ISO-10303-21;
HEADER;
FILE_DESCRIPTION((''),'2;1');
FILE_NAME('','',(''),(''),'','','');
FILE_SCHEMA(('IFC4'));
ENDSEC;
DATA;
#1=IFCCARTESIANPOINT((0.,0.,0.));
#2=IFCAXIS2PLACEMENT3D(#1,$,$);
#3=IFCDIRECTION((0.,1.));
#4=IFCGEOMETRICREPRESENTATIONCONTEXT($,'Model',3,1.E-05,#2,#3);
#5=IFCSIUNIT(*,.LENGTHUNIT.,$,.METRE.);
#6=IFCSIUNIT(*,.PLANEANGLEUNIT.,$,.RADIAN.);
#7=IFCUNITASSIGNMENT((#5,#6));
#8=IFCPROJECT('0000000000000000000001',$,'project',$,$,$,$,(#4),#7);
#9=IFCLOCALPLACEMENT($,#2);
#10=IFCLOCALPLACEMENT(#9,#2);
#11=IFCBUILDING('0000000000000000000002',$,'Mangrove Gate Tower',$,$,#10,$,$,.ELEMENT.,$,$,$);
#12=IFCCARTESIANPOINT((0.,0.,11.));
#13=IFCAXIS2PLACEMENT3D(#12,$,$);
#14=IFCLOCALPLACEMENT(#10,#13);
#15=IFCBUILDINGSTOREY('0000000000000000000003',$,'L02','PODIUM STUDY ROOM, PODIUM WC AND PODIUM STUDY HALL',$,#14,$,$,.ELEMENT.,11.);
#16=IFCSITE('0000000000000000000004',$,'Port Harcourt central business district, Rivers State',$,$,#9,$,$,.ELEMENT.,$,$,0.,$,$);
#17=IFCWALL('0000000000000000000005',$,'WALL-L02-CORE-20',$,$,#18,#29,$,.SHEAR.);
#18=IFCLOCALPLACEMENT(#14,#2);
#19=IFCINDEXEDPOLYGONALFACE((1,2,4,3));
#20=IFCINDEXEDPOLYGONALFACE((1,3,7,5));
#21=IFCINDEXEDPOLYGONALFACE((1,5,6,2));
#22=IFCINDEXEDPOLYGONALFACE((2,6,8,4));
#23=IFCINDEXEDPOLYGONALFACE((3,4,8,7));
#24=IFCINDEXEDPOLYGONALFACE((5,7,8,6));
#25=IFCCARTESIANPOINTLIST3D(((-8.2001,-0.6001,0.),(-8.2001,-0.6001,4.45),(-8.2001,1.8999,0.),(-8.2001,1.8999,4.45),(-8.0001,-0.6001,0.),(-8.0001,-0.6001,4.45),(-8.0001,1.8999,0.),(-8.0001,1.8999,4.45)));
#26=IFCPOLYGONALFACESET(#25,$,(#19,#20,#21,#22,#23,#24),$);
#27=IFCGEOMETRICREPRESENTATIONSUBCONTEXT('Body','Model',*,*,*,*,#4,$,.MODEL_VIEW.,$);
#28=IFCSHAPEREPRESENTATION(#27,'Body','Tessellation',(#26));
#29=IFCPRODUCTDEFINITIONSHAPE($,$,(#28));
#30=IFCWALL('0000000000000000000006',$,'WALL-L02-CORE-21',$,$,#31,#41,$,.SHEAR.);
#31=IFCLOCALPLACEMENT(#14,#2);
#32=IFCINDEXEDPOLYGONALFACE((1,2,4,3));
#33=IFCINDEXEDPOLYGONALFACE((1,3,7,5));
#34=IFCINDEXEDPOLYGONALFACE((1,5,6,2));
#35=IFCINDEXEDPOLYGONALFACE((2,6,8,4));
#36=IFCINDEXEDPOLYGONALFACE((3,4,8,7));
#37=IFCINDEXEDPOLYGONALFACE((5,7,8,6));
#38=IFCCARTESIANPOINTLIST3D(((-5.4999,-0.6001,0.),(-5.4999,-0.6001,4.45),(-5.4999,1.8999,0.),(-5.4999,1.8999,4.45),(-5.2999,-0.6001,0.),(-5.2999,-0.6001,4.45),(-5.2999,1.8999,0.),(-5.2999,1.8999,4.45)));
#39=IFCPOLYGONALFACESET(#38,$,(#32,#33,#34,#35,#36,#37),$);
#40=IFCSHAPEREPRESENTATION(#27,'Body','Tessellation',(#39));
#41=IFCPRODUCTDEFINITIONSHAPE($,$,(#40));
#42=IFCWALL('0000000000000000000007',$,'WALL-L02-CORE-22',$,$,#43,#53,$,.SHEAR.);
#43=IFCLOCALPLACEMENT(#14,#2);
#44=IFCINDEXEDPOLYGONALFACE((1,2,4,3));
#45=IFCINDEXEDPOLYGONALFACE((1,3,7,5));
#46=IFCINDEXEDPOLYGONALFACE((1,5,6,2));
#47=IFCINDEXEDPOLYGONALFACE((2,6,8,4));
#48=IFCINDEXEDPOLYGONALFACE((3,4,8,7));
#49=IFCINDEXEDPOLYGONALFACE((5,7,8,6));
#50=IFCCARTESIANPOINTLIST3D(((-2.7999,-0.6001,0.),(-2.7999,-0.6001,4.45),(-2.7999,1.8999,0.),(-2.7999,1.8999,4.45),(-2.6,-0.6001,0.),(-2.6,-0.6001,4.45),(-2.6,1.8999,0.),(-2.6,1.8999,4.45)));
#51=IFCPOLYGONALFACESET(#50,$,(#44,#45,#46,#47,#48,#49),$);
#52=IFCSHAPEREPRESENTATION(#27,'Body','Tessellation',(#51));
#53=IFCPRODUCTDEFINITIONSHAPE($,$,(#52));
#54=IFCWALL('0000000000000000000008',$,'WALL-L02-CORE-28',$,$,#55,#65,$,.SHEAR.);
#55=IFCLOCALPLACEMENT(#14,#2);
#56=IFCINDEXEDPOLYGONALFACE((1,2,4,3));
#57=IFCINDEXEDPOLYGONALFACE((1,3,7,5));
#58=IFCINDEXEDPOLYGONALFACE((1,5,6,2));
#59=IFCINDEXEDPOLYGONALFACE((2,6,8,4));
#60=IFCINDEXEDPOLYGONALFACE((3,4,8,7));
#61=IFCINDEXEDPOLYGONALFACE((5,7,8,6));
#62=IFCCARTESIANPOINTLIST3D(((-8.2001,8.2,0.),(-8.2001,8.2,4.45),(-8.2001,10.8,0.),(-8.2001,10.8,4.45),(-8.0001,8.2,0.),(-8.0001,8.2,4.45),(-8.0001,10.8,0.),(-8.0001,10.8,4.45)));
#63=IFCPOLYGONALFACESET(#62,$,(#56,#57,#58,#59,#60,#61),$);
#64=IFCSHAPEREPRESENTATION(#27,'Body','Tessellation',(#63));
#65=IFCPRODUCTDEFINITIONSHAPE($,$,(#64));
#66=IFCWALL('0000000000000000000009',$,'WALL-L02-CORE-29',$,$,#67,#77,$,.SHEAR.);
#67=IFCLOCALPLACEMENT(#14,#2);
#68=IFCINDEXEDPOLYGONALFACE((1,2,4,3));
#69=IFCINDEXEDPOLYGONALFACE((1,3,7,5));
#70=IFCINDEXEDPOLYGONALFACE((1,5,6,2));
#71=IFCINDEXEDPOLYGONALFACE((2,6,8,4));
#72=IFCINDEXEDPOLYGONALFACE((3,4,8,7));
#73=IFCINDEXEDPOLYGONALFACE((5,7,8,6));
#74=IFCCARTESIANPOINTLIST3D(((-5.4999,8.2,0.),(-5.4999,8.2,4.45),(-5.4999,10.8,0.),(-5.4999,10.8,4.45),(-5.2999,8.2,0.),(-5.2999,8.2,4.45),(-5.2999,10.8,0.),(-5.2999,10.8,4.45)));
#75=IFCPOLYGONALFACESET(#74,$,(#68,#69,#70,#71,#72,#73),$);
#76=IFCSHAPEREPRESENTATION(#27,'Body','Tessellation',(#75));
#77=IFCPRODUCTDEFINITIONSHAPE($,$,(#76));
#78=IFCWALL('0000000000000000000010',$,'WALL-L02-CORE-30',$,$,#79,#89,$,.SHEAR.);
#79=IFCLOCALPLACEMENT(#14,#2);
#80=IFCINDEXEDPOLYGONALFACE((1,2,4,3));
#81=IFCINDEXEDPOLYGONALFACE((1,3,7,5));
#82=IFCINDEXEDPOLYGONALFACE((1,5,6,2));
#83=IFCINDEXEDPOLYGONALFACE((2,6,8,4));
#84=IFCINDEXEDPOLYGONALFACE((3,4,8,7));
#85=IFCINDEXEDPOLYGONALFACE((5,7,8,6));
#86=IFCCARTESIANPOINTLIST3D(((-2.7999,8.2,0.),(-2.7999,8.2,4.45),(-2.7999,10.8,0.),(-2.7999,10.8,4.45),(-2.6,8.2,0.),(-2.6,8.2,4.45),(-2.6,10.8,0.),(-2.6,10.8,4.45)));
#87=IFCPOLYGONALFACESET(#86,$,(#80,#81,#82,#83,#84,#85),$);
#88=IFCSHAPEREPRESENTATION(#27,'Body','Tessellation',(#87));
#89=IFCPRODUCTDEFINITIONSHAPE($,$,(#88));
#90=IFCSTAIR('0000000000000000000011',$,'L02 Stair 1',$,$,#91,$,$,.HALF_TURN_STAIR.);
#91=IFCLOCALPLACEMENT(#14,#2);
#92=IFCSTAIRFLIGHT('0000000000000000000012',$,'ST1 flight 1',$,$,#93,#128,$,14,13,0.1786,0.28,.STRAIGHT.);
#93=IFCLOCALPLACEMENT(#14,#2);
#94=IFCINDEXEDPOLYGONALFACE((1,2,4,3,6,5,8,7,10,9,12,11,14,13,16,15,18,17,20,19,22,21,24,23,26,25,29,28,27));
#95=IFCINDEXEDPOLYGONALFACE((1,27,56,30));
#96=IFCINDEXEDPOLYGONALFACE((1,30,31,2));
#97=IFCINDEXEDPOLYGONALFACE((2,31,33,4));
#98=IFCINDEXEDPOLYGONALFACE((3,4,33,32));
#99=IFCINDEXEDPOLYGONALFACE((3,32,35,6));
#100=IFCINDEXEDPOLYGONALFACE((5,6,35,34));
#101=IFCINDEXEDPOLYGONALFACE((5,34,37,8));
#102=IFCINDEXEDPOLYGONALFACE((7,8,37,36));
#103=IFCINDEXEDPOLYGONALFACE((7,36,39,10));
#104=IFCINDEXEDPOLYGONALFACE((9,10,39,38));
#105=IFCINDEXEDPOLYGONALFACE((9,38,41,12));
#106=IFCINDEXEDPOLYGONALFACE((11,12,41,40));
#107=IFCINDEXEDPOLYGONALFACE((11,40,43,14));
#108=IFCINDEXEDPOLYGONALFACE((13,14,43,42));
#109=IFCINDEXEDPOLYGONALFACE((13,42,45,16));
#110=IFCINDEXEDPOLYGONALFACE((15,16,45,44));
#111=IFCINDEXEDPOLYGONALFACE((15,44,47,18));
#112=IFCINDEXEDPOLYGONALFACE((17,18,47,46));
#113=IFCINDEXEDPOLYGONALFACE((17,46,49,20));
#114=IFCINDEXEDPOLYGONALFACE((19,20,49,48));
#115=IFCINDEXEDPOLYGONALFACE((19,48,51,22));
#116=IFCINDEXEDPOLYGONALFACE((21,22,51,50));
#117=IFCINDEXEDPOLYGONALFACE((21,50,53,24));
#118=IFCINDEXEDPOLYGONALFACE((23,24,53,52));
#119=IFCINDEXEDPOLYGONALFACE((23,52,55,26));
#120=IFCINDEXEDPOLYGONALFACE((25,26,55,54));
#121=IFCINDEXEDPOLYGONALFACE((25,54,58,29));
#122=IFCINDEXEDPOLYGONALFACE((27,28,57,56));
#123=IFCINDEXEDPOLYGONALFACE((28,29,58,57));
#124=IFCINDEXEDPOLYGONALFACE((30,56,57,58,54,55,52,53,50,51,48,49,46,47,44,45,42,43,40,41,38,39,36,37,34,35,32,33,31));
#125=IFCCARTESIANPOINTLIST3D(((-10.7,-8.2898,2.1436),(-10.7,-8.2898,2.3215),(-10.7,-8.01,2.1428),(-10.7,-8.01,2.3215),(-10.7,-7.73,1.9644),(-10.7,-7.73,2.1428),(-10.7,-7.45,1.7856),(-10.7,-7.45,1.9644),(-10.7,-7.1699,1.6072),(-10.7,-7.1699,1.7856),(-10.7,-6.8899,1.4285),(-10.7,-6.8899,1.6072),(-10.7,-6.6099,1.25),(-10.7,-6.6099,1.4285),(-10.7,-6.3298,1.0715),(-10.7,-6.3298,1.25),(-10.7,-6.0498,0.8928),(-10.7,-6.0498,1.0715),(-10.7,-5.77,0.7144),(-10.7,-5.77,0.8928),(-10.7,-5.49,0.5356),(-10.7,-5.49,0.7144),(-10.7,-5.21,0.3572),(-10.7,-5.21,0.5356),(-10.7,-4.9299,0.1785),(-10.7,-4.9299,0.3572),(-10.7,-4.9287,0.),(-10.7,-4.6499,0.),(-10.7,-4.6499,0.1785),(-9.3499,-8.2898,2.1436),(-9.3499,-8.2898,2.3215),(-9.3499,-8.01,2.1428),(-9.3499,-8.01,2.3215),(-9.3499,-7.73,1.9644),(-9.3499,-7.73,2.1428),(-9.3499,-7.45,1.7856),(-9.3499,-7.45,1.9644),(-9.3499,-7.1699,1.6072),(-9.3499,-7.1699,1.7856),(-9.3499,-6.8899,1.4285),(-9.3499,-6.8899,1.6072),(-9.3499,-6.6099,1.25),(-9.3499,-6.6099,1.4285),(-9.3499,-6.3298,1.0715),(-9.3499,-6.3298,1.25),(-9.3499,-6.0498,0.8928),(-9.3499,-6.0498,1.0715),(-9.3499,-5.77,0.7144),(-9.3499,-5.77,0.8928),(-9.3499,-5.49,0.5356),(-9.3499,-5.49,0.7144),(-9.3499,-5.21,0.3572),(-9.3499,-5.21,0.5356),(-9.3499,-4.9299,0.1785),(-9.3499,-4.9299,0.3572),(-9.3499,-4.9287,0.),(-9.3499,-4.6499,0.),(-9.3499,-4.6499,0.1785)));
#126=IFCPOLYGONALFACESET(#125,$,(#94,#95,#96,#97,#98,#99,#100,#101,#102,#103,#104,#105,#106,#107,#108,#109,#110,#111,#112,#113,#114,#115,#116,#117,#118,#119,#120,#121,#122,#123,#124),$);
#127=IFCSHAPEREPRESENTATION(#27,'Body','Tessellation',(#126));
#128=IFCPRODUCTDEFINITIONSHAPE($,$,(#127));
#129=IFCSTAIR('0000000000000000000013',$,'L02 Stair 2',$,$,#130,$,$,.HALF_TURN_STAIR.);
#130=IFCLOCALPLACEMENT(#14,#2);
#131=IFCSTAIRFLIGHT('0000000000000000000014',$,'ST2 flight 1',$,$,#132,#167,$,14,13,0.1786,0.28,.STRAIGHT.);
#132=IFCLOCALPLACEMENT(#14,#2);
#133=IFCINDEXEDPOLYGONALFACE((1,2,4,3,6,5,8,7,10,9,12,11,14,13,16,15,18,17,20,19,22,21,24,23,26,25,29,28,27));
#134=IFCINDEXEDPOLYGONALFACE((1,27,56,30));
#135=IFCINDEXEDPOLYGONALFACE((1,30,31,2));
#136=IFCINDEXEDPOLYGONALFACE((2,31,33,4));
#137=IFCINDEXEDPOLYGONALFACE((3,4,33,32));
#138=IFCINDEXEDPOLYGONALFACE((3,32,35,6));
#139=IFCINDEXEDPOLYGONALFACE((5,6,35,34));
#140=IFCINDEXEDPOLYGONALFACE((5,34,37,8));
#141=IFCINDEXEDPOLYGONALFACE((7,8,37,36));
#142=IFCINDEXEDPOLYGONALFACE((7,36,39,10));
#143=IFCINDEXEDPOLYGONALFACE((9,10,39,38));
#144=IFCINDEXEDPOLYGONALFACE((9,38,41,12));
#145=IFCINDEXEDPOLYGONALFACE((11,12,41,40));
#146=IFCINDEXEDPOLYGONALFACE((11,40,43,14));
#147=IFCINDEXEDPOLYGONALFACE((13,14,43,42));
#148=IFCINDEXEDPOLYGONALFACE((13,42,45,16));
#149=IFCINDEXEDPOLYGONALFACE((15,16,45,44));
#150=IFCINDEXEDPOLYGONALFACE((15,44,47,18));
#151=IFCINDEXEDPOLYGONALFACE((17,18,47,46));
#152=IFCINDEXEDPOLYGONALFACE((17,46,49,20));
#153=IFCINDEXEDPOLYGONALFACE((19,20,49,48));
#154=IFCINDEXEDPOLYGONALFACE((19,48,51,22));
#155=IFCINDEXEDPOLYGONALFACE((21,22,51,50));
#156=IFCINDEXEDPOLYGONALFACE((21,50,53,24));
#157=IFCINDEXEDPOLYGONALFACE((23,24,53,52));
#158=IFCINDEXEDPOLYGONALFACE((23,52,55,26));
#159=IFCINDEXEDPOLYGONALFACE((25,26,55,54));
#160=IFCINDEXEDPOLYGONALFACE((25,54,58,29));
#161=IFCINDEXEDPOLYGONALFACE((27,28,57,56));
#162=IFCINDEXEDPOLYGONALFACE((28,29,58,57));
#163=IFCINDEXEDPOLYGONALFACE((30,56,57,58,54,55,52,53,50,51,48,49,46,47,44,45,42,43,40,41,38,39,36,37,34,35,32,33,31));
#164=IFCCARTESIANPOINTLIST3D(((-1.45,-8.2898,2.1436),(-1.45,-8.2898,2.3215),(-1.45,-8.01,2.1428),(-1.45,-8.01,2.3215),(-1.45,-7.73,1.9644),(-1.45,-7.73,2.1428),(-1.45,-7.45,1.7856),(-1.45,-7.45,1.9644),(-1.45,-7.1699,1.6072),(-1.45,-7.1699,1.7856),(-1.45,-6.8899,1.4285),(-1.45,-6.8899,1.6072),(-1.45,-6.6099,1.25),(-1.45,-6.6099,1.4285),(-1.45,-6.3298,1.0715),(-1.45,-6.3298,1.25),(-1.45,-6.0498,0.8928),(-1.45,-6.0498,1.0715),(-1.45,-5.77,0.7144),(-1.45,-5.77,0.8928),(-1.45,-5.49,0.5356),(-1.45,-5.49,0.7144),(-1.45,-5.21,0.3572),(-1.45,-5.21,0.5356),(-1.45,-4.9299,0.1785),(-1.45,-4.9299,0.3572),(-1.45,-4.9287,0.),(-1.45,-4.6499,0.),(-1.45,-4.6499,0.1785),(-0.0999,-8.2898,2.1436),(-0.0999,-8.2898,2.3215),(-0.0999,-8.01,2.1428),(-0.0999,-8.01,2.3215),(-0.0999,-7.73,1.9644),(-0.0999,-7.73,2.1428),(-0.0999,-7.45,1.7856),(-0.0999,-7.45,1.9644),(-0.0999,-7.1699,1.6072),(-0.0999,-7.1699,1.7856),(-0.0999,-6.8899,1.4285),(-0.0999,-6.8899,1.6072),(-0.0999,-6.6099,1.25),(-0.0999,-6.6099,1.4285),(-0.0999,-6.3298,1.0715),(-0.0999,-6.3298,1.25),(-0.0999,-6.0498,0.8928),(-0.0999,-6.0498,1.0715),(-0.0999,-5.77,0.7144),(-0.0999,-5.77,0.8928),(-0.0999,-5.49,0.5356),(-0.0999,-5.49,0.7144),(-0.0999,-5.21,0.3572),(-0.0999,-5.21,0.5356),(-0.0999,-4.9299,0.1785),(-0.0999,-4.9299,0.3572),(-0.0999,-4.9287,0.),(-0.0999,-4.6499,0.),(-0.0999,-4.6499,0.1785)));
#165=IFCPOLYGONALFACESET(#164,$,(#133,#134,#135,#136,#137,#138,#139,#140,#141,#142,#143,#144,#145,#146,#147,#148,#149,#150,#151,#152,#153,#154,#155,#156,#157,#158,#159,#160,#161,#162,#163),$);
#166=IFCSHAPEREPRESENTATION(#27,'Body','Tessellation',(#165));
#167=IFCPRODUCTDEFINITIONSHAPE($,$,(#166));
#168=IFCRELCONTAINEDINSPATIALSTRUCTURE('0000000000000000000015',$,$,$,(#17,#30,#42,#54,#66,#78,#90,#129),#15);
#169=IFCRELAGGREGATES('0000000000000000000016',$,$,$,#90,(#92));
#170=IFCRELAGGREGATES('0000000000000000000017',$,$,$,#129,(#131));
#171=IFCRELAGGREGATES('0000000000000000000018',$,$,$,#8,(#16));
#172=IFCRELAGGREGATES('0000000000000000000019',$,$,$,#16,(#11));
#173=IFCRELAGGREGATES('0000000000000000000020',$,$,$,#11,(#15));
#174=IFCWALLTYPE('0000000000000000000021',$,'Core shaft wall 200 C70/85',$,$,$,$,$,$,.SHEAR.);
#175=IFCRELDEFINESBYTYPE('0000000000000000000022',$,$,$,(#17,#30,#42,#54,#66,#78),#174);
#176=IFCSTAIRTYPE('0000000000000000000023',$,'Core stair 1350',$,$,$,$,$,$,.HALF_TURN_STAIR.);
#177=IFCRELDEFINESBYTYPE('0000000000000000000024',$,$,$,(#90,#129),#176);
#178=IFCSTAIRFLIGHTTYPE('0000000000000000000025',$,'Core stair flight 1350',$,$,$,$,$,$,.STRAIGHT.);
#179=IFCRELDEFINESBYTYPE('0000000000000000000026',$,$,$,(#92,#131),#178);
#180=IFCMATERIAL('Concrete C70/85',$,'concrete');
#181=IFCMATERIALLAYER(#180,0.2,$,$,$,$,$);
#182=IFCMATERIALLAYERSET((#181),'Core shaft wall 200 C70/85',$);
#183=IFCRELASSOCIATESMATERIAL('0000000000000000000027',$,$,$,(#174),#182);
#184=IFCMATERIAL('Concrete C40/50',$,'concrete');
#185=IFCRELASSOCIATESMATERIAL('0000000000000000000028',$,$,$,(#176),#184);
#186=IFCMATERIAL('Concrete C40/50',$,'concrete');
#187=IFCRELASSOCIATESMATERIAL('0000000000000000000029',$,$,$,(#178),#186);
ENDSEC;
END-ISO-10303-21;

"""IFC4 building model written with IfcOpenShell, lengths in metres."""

from ifc_helpers import new_model, si_unit, direction, frame, frame_2d, origin, place, context, subcontext, project, spatial, polyline, rectangle, outline, extrude, material, layer, layer_set, type_object, element, aggregate, save


model = new_model("IFC4")

# Units and contexts
model_context = context("Model", 3, precision=1e-05, world=origin(), true_north=direction((0.0, 1.0)))
body_context = subcontext(model_context, "Body", "Model", "MODEL_VIEW")
ifc_project = project(units=[si_unit("LENGTHUNIT", "METRE"), si_unit("PLANEANGLEUNIT", "RADIAN")], contexts=[model_context])

# Site, building, storey
site_placement = place(None, origin())
site = spatial("IfcSite", under=ifc_project, at=site_placement, Name="Port Harcourt central business district, Rivers State", CompositionType="ELEMENT", RefElevation=0.0)
building_placement = place(site_placement, origin())
building = spatial("IfcBuilding", under=site, at=building_placement, Name="Mangrove Gate Tower", CompositionType="ELEMENT")
storey_placement = place(building_placement, frame((0.0, 0.0, 11.0)))
storey = spatial("IfcBuildingStorey", under=building, at=storey_placement, Name="L02", Description="PODIUM STUDY ROOM, PODIUM WC AND PODIUM STUDY HALL", CompositionType="ELEMENT", Elevation=11.0)

# Shared definitions
ifc_material_1 = material(Name="Concrete C70/85", Category="concrete")
ifc_layer_1 = layer(ifc_material_1, 0.2)
ifc_layer_set_1 = layer_set([ifc_layer_1], Name="Core shaft wall 200 C70/85")
wall_type_1 = type_object("IfcWallType", Name="Core shaft wall 200 C70/85", PredefinedType="SHEAR", material=ifc_layer_set_1)

# Walls
for number, where, z_axis, x_axis, name in (
    (1, (-8.1001, -0.6001, 0.0), (0.0, 0.0, 1.0), (0.0, 1.0, 0.0), "WALL-L02-CORE-20"),
    (2, (-5.3999, -0.6001, 0.0), (0.0, 0.0, 1.0), (0.0, 1.0, 0.0), "WALL-L02-CORE-21"),
    (3, (-2.7, -0.6001, 0.0), (0.0, 0.0, 1.0), (0.0, 1.0, 0.0), "WALL-L02-CORE-22"),
):
    element("IfcWall", number, at=place(storey_placement, frame(where, z_axis=z_axis, x_axis=x_axis)), inside=storey, type_object=wall_type_1, Name=name, PredefinedType="SHEAR", context=body_context, shape_type="SweptSolid", body=[
        extrude(rectangle(XDim=2.5, YDim=0.2, at=frame_2d((1.25, 0.0))), origin(), (0.0, 0.0, 1.0), 4.45),
    ])
for number, where, z_axis, x_axis, name in (
    (4, (-8.1001, 8.2, 0.0), (0.0, 0.0, 1.0), (0.0, 1.0, 0.0), "WALL-L02-CORE-28"),
    (5, (-5.3999, 8.2, 0.0), (0.0, 0.0, 1.0), (0.0, 1.0, 0.0), "WALL-L02-CORE-29"),
    (6, (-2.7, 8.2, 0.0), (0.0, 0.0, 1.0), (0.0, 1.0, 0.0), "WALL-L02-CORE-30"),
):
    element("IfcWall", number, at=place(storey_placement, frame(where, z_axis=z_axis, x_axis=x_axis)), inside=storey, type_object=wall_type_1, Name=name, PredefinedType="SHEAR", context=body_context, shape_type="SweptSolid", body=[
        extrude(rectangle(XDim=2.6001, YDim=0.2, at=frame_2d((1.3, 0.0))), origin(), (0.0, 0.0, 1.0), 4.45),
    ])

# Stairs, stair flights
ifc_material_2 = material(Name="Concrete C40/50", Category="concrete")
stair_type = type_object("IfcStairType", Name="Core stair 1350", PredefinedType="HALF_TURN_STAIR", material=ifc_material_2)
stair_1_placement = place(storey_placement, origin())
stair_1 = element("IfcStair", 7, at=stair_1_placement, inside=storey, type_object=stair_type, Name="L02 Stair 1", PredefinedType="HALF_TURN_STAIR")
ifc_material_3 = material(Name="Concrete C40/50", Category="concrete")
stair_flight_type = type_object("IfcStairFlightType", Name="Core stair flight 1350", PredefinedType="STRAIGHT", material=ifc_material_3)
stair_flight_1_placement = place(storey_placement, frame((-10.0249, -4.6499, 0.0), z_axis=(0.0, 0.0, 1.0), x_axis=(0.0, -1.0, 0.0)))
stair_flight_1 = element("IfcStairFlight", 8, at=stair_flight_1_placement, type_object=stair_flight_type, Name="ST1 flight 1", NumberOfRisers=14, NumberOfTreads=13, PredefinedType="STRAIGHT", RiserHeight=0.1786, TreadLength=0.28, context=body_context, shape_type="SweptSolid", body=[
    extrude(outline(polyline([(0.0, 0.0), (0.0, 0.1785), (0.28, 0.1785), (0.28, 0.3572), (0.5601, 0.3572), (0.5601, 0.5356), (0.8401, 0.5356), (0.8401, 0.7144), (1.1201, 0.7144), (1.1201, 0.8928), (1.3999, 0.8928), (1.3999, 1.0715), (1.6799, 1.0715), (1.6799, 1.25), (1.96, 1.25), (1.96, 1.4285), (2.24, 1.4285), (2.24, 1.6072), (2.52, 1.6072), (2.52, 1.7856), (2.8, 1.7856), (2.8, 1.9644), (3.0801, 1.9644), (3.0801, 2.1428), (3.3601, 2.1428), (3.3601, 2.3215), (3.6399, 2.3215), (3.6399, 2.5), (3.6399, 2.1436), (0.2788, 0.0), (0.0, 0.0)])), frame((0.0, 0.675, 0.0), z_axis=(0.0, -1.0, 0.0), x_axis=(1.0, 0.0, 0.0)), (0.0, 0.0, 1.0), 1.3501),
])
aggregate(stair_1, [stair_flight_1])
stair_2_placement = place(storey_placement, origin())
stair_2 = element("IfcStair", 9, at=stair_2_placement, inside=storey, type_object=stair_type, Name="L02 Stair 2", PredefinedType="HALF_TURN_STAIR")
stair_flight_2_placement = place(storey_placement, frame((-0.7749, -4.6499, 0.0), z_axis=(0.0, 0.0, 1.0), x_axis=(0.0, -1.0, 0.0)))
stair_flight_2 = element("IfcStairFlight", 10, at=stair_flight_2_placement, type_object=stair_flight_type, Name="ST2 flight 1", NumberOfRisers=14, NumberOfTreads=13, PredefinedType="STRAIGHT", RiserHeight=0.1786, TreadLength=0.28, context=body_context, shape_type="SweptSolid", body=[
    extrude(outline(polyline([(0.0, 0.0), (0.0, 0.1785), (0.28, 0.1785), (0.28, 0.3572), (0.5601, 0.3572), (0.5601, 0.5356), (0.8401, 0.5356), (0.8401, 0.7144), (1.1201, 0.7144), (1.1201, 0.8928), (1.3999, 0.8928), (1.3999, 1.0715), (1.6799, 1.0715), (1.6799, 1.25), (1.96, 1.25), (1.96, 1.4285), (2.24, 1.4285), (2.24, 1.6072), (2.52, 1.6072), (2.52, 1.7856), (2.8, 1.7856), (2.8, 1.9644), (3.0801, 1.9644), (3.0801, 2.1428), (3.3601, 2.1428), (3.3601, 2.3215), (3.6399, 2.3215), (3.6399, 2.5), (3.6399, 2.1436), (0.2788, 0.0), (0.0, 0.0)])), frame((0.0, 0.675, 0.0), z_axis=(0.0, -1.0, 0.0), x_axis=(1.0, 0.0, 0.0)), (0.0, 0.0, 1.0), 1.3501),
])
aggregate(stair_2, [stair_flight_2])

save(model, "model.ifc")
